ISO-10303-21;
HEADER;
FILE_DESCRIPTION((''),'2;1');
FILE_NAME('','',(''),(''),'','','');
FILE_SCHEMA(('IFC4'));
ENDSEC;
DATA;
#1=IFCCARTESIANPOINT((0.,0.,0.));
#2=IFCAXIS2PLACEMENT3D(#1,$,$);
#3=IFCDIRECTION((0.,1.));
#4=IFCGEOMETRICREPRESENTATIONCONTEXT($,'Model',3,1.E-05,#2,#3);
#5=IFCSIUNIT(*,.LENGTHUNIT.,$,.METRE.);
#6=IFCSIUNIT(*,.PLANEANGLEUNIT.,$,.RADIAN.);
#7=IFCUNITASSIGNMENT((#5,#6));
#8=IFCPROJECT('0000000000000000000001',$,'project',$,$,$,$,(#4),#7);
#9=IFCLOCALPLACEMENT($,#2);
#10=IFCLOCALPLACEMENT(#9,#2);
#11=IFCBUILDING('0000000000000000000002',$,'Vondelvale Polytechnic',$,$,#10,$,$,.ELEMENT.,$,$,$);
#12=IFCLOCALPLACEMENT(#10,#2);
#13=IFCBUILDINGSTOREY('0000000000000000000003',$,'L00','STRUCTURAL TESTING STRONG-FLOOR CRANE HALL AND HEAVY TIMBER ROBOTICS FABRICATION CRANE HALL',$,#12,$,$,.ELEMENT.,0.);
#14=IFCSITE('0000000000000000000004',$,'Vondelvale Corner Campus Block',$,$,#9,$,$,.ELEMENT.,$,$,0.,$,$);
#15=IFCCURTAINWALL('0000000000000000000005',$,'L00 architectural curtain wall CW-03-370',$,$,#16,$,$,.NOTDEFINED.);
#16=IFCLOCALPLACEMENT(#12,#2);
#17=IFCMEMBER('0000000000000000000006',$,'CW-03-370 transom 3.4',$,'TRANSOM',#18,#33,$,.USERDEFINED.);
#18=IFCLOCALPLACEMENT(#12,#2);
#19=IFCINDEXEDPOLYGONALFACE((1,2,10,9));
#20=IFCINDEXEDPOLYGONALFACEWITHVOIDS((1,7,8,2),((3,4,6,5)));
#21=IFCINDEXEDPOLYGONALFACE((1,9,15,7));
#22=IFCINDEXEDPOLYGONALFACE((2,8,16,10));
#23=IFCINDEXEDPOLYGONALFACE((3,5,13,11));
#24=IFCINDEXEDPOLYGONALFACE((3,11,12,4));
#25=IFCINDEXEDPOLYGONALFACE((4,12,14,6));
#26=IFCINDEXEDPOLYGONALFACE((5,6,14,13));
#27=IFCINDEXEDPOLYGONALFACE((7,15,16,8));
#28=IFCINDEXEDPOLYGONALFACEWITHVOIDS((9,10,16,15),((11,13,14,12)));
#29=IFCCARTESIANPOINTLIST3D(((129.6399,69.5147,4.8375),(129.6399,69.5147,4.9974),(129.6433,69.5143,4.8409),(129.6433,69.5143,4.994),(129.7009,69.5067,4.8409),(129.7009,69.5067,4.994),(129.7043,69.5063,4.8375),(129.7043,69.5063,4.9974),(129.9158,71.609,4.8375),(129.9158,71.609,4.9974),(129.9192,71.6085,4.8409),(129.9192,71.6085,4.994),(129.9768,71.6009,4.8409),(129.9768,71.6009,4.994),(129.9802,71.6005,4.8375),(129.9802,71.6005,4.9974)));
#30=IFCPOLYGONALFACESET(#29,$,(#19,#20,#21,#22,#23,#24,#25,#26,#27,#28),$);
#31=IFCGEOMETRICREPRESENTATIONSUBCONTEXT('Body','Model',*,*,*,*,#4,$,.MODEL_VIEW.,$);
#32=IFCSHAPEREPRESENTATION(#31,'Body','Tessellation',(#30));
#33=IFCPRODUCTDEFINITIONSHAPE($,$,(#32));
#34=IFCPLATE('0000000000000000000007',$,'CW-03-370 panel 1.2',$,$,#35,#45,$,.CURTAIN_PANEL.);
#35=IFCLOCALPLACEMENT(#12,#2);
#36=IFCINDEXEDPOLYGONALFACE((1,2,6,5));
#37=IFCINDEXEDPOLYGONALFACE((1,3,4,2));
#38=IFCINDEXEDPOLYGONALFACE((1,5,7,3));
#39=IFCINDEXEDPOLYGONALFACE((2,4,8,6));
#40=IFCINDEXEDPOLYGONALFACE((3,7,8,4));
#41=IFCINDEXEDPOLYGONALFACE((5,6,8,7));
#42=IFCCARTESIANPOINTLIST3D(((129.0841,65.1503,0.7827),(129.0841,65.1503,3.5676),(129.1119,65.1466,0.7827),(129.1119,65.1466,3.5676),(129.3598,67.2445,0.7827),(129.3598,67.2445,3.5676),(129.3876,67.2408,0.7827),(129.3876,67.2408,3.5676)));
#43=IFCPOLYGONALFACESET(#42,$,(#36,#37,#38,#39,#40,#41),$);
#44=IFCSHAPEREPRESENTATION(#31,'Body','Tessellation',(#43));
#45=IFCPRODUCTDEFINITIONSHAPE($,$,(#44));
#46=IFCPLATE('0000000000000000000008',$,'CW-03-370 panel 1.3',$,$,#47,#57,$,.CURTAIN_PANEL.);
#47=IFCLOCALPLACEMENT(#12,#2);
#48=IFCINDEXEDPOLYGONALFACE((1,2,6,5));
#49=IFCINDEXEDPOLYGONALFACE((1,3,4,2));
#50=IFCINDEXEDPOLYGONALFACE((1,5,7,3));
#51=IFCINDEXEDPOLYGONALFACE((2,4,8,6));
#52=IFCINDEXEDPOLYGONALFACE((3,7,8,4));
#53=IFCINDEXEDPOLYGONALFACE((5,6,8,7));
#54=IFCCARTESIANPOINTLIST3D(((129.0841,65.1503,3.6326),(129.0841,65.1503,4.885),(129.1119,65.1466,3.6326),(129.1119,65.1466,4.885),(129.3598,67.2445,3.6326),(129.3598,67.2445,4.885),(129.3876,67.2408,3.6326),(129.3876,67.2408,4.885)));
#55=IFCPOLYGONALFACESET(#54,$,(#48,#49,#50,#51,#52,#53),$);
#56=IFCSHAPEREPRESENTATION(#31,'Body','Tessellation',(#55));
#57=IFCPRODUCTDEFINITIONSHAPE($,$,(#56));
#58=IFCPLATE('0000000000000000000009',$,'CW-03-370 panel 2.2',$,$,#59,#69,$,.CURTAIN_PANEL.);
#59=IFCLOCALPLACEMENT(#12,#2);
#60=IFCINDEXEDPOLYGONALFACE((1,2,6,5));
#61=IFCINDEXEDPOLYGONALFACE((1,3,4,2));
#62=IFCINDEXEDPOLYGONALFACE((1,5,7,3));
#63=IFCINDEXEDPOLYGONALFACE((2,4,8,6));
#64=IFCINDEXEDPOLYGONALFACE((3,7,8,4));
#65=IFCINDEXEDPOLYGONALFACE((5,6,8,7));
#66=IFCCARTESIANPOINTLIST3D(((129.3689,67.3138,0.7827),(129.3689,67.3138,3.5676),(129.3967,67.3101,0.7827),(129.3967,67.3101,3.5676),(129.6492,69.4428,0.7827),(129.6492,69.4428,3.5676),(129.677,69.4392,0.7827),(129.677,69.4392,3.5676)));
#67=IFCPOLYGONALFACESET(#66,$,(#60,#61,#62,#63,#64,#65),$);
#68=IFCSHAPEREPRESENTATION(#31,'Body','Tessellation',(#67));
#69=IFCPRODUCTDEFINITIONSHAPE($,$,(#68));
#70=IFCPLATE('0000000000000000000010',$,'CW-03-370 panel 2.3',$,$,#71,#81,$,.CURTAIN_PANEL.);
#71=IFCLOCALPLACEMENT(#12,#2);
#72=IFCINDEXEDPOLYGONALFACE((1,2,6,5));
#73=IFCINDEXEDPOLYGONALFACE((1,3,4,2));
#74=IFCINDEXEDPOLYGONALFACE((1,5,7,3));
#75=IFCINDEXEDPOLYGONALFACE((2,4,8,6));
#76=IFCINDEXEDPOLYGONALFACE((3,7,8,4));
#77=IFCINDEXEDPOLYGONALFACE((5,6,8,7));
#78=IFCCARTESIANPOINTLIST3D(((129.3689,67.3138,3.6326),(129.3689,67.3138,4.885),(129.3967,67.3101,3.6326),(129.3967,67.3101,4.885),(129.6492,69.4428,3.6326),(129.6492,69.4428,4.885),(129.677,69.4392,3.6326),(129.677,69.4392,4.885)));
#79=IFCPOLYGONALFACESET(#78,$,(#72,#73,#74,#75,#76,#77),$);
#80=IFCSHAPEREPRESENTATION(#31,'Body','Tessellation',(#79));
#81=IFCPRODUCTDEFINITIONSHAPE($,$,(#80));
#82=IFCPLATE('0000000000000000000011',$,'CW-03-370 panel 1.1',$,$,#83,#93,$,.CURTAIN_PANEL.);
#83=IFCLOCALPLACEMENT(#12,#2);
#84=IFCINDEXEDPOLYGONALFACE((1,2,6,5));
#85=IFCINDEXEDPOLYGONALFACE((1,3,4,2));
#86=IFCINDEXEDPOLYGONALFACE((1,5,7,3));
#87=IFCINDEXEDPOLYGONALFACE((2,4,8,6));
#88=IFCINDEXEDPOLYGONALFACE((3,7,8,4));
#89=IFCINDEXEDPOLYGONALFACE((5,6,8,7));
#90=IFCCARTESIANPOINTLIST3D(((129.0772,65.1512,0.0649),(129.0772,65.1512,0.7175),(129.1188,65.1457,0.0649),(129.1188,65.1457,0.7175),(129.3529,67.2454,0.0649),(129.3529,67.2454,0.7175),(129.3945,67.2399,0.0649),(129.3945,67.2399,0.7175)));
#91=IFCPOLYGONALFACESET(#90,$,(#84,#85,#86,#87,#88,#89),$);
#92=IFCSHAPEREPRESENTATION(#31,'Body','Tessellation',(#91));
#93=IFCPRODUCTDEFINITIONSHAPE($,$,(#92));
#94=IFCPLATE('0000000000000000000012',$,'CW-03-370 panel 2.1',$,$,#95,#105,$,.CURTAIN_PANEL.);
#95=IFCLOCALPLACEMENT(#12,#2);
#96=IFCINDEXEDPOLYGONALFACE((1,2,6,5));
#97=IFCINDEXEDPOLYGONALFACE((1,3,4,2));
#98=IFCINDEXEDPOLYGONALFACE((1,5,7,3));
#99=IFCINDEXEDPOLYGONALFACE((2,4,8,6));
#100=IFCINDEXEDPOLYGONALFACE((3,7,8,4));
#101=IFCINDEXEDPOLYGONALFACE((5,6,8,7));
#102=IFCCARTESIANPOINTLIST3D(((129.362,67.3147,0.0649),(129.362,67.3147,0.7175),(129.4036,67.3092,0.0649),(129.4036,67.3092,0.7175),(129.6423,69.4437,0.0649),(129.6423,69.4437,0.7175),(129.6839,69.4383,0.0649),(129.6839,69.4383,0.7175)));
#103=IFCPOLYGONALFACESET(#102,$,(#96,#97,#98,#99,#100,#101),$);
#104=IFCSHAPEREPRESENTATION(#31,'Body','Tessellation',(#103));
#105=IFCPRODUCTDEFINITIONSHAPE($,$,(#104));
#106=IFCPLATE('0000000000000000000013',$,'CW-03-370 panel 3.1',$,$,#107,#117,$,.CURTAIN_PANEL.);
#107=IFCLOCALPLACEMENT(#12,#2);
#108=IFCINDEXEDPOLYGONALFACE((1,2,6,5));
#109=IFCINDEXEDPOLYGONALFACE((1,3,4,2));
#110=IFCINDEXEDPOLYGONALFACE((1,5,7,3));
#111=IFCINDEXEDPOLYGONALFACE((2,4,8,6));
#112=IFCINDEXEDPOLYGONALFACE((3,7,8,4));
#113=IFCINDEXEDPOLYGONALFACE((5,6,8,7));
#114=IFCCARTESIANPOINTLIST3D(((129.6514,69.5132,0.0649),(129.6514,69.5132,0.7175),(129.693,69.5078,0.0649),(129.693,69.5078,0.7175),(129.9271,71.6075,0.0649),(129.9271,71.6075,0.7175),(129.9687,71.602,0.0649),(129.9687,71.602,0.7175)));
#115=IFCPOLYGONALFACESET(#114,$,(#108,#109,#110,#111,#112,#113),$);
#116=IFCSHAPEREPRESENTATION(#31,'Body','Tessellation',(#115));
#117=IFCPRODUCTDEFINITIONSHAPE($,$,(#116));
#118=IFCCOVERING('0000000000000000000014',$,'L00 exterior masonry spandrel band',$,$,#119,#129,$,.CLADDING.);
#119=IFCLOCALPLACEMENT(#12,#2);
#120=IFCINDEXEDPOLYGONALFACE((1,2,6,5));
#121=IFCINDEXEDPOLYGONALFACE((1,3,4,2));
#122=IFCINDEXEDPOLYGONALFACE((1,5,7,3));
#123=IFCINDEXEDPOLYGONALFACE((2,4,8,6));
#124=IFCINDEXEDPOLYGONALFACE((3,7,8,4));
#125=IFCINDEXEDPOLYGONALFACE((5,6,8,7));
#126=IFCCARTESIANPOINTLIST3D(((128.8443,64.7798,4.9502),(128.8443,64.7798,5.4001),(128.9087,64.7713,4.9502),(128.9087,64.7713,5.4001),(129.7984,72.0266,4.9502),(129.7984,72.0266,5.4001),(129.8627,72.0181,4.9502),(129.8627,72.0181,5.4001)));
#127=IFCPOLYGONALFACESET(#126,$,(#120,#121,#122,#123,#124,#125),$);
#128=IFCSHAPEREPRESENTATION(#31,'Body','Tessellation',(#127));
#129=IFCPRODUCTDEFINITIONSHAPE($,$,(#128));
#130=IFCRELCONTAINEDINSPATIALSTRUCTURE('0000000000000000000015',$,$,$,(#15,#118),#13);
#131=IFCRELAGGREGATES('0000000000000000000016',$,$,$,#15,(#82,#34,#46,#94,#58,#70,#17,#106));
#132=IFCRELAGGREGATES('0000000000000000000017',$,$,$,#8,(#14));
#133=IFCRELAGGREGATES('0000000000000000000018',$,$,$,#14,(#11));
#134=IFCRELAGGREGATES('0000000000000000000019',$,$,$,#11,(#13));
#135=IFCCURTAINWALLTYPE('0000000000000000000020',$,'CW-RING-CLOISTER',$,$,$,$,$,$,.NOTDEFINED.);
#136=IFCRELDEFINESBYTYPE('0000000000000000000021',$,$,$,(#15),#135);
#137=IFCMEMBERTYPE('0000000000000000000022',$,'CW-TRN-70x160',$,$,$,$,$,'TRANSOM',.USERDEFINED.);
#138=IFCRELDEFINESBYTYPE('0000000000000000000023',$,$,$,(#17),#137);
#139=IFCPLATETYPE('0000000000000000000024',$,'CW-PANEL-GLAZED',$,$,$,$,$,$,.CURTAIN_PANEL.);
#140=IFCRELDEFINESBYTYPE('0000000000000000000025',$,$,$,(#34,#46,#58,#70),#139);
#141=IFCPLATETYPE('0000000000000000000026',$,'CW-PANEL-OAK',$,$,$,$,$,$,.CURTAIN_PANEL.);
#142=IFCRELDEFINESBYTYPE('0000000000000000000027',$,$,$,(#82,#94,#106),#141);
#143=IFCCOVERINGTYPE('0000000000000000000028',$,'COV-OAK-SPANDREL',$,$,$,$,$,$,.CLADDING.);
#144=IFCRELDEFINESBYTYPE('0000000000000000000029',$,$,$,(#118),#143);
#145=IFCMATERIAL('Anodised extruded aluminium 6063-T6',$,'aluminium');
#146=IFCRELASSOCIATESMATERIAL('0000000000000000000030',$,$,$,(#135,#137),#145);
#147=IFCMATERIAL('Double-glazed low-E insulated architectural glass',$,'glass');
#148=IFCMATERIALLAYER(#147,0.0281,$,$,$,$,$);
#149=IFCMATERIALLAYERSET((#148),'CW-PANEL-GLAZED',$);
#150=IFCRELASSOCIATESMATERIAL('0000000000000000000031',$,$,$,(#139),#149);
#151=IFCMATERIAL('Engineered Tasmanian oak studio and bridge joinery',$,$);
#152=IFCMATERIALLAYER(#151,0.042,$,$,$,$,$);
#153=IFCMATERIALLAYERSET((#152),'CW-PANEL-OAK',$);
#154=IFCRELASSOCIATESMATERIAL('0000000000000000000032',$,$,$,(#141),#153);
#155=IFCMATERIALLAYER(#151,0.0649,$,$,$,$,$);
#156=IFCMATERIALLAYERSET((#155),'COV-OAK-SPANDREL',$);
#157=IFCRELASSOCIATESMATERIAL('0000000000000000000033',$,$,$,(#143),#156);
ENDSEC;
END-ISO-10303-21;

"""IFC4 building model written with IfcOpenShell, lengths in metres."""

from ifc_helpers import new_model, si_unit, direction, frame, origin, origin_2d, place, context, subcontext, project, spatial, rectangle, hollow_rectangle, extrude, material, layer, layer_set, material_profile, profile_set, type_object, element, aggregate, save


model = new_model("IFC4")

# Units and contexts
model_context = context("Model", 3, precision=1e-05, world=origin(), true_north=direction((0.0, 1.0)))
body_context = subcontext(model_context, "Body", "Model", "MODEL_VIEW")
ifc_project = project(units=[si_unit("LENGTHUNIT", "METRE"), si_unit("PLANEANGLEUNIT", "RADIAN")], contexts=[model_context])

# Site, building, storey
site_placement = place(None, origin())
site = spatial("IfcSite", under=ifc_project, at=site_placement, Name="Vondelvale Corner Campus Block", CompositionType="ELEMENT", RefElevation=0.0)
building_placement = place(site_placement, origin())
building = spatial("IfcBuilding", under=site, at=building_placement, Name="Vondelvale Polytechnic", CompositionType="ELEMENT")
storey_placement = place(building_placement, origin())
storey = spatial("IfcBuildingStorey", under=building, at=storey_placement, Name="L00", Description="STRUCTURAL TESTING STRONG-FLOOR CRANE HALL AND HEAVY TIMBER ROBOTICS FABRICATION CRANE HALL", CompositionType="ELEMENT", Elevation=0.0)

# Curtain wall, member, plates
ifc_material_1 = material(Name="Anodised extruded aluminium 6063-T6", Category="aluminium")
curtain_wall_type = type_object("IfcCurtainWallType", Name="CW-RING-CLOISTER", PredefinedType="NOTDEFINED", material=ifc_material_1)
curtain_wall_placement = place(storey_placement, origin())
curtain_wall = element("IfcCurtainWall", 1, at=curtain_wall_placement, inside=storey, type_object=curtain_wall_type, Name="L00 architectural curtain wall CW-03-370", PredefinedType="NOTDEFINED")
ifc_material_profile_1 = material_profile(ifc_material_1, hollow_rectangle(XDim=0.0649, YDim=0.1599, WallThickness=0.0034, at=origin_2d()), Name="CW-TRN-160x65")
ifc_profile_set_1 = profile_set([ifc_material_profile_1], Name="Anodised extruded aluminium 6063-T6")
member_type_1 = type_object("IfcMemberType", Name="CW-TRN-70x160", ElementType="TRANSOM", PredefinedType="USERDEFINED", material=ifc_profile_set_1)
member_1_placement = place(storey_placement, frame((129.6721, 69.5105, 4.9175), z_axis=(0.130604, 0.991435, 0.0), x_axis=(-0.991435, 0.130604, 0.0)))
member_1 = element("IfcMember", 2, at=member_1_placement, type_object=member_type_1, Name="CW-03-370 transom 3.4", ObjectType="TRANSOM", PredefinedType="USERDEFINED", context=body_context, shape_type="SweptSolid", body=[
    extrude(hollow_rectangle(XDim=0.0649, YDim=0.1599, WallThickness=0.0034, at=origin_2d()), origin(), (0.0, 0.0, 1.0), 2.1123),
])
ifc_material_2 = material(Name="Double-glazed low-E insulated architectural glass", Category="glass")
ifc_layer_1 = layer(ifc_material_2, 0.0281)
ifc_layer_set_1 = layer_set([ifc_layer_1], Name="CW-PANEL-GLAZED")
plate_type_1 = type_object("IfcPlateType", Name="CW-PANEL-GLAZED", PredefinedType="CURTAIN_PANEL", material=ifc_layer_set_1)
plate_1_placement = place(storey_placement, frame((129.2358, 66.1956, 0.7827), z_axis=(0.0, 0.0, 1.0), x_axis=(0.130528, 0.991445, 0.0)))
plate_1 = element("IfcPlate", 3, at=plate_1_placement, type_object=plate_type_1, Name="CW-03-370 panel 1.2", PredefinedType="CURTAIN_PANEL", context=body_context, shape_type="SweptSolid", body=[
    extrude(rectangle(XDim=2.1123, YDim=0.0281, at=origin_2d()), origin(), (0.0, 0.0, 1.0), 2.7849),
])
plate_2_placement = place(storey_placement, frame((129.2358, 66.1956, 3.6326), z_axis=(0.0, 0.0, 1.0), x_axis=(0.130528, 0.991445, 0.0)))
plate_2 = element("IfcPlate", 4, at=plate_2_placement, type_object=plate_type_1, Name="CW-03-370 panel 1.3", PredefinedType="CURTAIN_PANEL", context=body_context, shape_type="SweptSolid", body=[
    extrude(rectangle(XDim=2.1123, YDim=0.0281, at=origin_2d()), origin(), (0.0, 0.0, 1.0), 1.2524),
])
plate_3_placement = place(storey_placement, frame((129.5229, 68.3765, 0.7827), z_axis=(0.0, 0.0, 1.0), x_axis=(0.130528, 0.991445, 0.0)))
plate_3 = element("IfcPlate", 5, at=plate_3_placement, type_object=plate_type_1, Name="CW-03-370 panel 2.2", PredefinedType="CURTAIN_PANEL", context=body_context, shape_type="SweptSolid", body=[
    extrude(rectangle(XDim=2.1475, YDim=0.0281, at=origin_2d()), origin(), (0.0, 0.0, 1.0), 2.7849),
])
plate_4_placement = place(storey_placement, frame((129.5229, 68.3765, 3.6326), z_axis=(0.0, 0.0, 1.0), x_axis=(0.130528, 0.991445, 0.0)))
plate_4 = element("IfcPlate", 6, at=plate_4_placement, type_object=plate_type_1, Name="CW-03-370 panel 2.3", PredefinedType="CURTAIN_PANEL", context=body_context, shape_type="SweptSolid", body=[
    extrude(rectangle(XDim=2.1475, YDim=0.0281, at=origin_2d()), origin(), (0.0, 0.0, 1.0), 1.2524),
])
ifc_material_3 = material(Name="Engineered Tasmanian oak studio and bridge joinery")
ifc_layer_2 = layer(ifc_material_3, 0.042)
ifc_layer_set_2 = layer_set([ifc_layer_2], Name="CW-PANEL-OAK")
plate_type_2 = type_object("IfcPlateType", Name="CW-PANEL-OAK", PredefinedType="CURTAIN_PANEL", material=ifc_layer_set_2)
plate_5_placement = place(storey_placement, frame((129.2358, 66.1956, 0.0649), z_axis=(0.0, 0.0, 1.0), x_axis=(0.130528, 0.991445, 0.0)))
plate_5 = element("IfcPlate", 7, at=plate_5_placement, type_object=plate_type_2, Name="CW-03-370 panel 1.1", PredefinedType="CURTAIN_PANEL", context=body_context, shape_type="SweptSolid", body=[
    extrude(rectangle(XDim=2.1123, YDim=0.042, at=origin_2d()), origin(), (0.0, 0.0, 1.0), 0.6526),
])
plate_6_placement = place(storey_placement, frame((129.5229, 68.3765, 0.0649), z_axis=(0.0, 0.0, 1.0), x_axis=(0.130528, 0.991445, 0.0)))
plate_6 = element("IfcPlate", 8, at=plate_6_placement, type_object=plate_type_2, Name="CW-03-370 panel 2.1", PredefinedType="CURTAIN_PANEL", context=body_context, shape_type="SweptSolid", body=[
    extrude(rectangle(XDim=2.1475, YDim=0.042, at=origin_2d()), origin(), (0.0, 0.0, 1.0), 0.6526),
])
plate_7_placement = place(storey_placement, frame((129.8101, 70.5576, 0.0649), z_axis=(0.0, 0.0, 1.0), x_axis=(0.130528, 0.991445, 0.0)))
plate_7 = element("IfcPlate", 9, at=plate_7_placement, type_object=plate_type_2, Name="CW-03-370 panel 3.1", PredefinedType="CURTAIN_PANEL", context=body_context, shape_type="SweptSolid", body=[
    extrude(rectangle(XDim=2.1123, YDim=0.042, at=origin_2d()), origin(), (0.0, 0.0, 1.0), 0.6526),
])
aggregate(curtain_wall, [plate_5, plate_1, plate_2, plate_6, plate_3, plate_4, member_1, plate_7])

# Covering
ifc_layer_3 = layer(ifc_material_3, 0.0649)
ifc_layer_set_3 = layer_set([ifc_layer_3], Name="COV-OAK-SPANDREL")
covering_type = type_object("IfcCoveringType", Name="COV-OAK-SPANDREL", PredefinedType="CLADDING", material=ifc_layer_set_3)
covering_placement = place(storey_placement, frame((129.3535, 68.3989, 4.9502), z_axis=(0.0, 0.0, 1.0), x_axis=(0.130526, 0.991445, 0.0)))
element("IfcCovering", 10, at=covering_placement, inside=storey, type_object=covering_type, Name="L00 exterior masonry spandrel band", PredefinedType="CLADDING", context=body_context, shape_type="SweptSolid", body=[
    extrude(rectangle(XDim=7.3093, YDim=0.0649, at=origin_2d()), origin(), (0.0, 0.0, 1.0), 0.45),
])

save(model, "model.ifc")
